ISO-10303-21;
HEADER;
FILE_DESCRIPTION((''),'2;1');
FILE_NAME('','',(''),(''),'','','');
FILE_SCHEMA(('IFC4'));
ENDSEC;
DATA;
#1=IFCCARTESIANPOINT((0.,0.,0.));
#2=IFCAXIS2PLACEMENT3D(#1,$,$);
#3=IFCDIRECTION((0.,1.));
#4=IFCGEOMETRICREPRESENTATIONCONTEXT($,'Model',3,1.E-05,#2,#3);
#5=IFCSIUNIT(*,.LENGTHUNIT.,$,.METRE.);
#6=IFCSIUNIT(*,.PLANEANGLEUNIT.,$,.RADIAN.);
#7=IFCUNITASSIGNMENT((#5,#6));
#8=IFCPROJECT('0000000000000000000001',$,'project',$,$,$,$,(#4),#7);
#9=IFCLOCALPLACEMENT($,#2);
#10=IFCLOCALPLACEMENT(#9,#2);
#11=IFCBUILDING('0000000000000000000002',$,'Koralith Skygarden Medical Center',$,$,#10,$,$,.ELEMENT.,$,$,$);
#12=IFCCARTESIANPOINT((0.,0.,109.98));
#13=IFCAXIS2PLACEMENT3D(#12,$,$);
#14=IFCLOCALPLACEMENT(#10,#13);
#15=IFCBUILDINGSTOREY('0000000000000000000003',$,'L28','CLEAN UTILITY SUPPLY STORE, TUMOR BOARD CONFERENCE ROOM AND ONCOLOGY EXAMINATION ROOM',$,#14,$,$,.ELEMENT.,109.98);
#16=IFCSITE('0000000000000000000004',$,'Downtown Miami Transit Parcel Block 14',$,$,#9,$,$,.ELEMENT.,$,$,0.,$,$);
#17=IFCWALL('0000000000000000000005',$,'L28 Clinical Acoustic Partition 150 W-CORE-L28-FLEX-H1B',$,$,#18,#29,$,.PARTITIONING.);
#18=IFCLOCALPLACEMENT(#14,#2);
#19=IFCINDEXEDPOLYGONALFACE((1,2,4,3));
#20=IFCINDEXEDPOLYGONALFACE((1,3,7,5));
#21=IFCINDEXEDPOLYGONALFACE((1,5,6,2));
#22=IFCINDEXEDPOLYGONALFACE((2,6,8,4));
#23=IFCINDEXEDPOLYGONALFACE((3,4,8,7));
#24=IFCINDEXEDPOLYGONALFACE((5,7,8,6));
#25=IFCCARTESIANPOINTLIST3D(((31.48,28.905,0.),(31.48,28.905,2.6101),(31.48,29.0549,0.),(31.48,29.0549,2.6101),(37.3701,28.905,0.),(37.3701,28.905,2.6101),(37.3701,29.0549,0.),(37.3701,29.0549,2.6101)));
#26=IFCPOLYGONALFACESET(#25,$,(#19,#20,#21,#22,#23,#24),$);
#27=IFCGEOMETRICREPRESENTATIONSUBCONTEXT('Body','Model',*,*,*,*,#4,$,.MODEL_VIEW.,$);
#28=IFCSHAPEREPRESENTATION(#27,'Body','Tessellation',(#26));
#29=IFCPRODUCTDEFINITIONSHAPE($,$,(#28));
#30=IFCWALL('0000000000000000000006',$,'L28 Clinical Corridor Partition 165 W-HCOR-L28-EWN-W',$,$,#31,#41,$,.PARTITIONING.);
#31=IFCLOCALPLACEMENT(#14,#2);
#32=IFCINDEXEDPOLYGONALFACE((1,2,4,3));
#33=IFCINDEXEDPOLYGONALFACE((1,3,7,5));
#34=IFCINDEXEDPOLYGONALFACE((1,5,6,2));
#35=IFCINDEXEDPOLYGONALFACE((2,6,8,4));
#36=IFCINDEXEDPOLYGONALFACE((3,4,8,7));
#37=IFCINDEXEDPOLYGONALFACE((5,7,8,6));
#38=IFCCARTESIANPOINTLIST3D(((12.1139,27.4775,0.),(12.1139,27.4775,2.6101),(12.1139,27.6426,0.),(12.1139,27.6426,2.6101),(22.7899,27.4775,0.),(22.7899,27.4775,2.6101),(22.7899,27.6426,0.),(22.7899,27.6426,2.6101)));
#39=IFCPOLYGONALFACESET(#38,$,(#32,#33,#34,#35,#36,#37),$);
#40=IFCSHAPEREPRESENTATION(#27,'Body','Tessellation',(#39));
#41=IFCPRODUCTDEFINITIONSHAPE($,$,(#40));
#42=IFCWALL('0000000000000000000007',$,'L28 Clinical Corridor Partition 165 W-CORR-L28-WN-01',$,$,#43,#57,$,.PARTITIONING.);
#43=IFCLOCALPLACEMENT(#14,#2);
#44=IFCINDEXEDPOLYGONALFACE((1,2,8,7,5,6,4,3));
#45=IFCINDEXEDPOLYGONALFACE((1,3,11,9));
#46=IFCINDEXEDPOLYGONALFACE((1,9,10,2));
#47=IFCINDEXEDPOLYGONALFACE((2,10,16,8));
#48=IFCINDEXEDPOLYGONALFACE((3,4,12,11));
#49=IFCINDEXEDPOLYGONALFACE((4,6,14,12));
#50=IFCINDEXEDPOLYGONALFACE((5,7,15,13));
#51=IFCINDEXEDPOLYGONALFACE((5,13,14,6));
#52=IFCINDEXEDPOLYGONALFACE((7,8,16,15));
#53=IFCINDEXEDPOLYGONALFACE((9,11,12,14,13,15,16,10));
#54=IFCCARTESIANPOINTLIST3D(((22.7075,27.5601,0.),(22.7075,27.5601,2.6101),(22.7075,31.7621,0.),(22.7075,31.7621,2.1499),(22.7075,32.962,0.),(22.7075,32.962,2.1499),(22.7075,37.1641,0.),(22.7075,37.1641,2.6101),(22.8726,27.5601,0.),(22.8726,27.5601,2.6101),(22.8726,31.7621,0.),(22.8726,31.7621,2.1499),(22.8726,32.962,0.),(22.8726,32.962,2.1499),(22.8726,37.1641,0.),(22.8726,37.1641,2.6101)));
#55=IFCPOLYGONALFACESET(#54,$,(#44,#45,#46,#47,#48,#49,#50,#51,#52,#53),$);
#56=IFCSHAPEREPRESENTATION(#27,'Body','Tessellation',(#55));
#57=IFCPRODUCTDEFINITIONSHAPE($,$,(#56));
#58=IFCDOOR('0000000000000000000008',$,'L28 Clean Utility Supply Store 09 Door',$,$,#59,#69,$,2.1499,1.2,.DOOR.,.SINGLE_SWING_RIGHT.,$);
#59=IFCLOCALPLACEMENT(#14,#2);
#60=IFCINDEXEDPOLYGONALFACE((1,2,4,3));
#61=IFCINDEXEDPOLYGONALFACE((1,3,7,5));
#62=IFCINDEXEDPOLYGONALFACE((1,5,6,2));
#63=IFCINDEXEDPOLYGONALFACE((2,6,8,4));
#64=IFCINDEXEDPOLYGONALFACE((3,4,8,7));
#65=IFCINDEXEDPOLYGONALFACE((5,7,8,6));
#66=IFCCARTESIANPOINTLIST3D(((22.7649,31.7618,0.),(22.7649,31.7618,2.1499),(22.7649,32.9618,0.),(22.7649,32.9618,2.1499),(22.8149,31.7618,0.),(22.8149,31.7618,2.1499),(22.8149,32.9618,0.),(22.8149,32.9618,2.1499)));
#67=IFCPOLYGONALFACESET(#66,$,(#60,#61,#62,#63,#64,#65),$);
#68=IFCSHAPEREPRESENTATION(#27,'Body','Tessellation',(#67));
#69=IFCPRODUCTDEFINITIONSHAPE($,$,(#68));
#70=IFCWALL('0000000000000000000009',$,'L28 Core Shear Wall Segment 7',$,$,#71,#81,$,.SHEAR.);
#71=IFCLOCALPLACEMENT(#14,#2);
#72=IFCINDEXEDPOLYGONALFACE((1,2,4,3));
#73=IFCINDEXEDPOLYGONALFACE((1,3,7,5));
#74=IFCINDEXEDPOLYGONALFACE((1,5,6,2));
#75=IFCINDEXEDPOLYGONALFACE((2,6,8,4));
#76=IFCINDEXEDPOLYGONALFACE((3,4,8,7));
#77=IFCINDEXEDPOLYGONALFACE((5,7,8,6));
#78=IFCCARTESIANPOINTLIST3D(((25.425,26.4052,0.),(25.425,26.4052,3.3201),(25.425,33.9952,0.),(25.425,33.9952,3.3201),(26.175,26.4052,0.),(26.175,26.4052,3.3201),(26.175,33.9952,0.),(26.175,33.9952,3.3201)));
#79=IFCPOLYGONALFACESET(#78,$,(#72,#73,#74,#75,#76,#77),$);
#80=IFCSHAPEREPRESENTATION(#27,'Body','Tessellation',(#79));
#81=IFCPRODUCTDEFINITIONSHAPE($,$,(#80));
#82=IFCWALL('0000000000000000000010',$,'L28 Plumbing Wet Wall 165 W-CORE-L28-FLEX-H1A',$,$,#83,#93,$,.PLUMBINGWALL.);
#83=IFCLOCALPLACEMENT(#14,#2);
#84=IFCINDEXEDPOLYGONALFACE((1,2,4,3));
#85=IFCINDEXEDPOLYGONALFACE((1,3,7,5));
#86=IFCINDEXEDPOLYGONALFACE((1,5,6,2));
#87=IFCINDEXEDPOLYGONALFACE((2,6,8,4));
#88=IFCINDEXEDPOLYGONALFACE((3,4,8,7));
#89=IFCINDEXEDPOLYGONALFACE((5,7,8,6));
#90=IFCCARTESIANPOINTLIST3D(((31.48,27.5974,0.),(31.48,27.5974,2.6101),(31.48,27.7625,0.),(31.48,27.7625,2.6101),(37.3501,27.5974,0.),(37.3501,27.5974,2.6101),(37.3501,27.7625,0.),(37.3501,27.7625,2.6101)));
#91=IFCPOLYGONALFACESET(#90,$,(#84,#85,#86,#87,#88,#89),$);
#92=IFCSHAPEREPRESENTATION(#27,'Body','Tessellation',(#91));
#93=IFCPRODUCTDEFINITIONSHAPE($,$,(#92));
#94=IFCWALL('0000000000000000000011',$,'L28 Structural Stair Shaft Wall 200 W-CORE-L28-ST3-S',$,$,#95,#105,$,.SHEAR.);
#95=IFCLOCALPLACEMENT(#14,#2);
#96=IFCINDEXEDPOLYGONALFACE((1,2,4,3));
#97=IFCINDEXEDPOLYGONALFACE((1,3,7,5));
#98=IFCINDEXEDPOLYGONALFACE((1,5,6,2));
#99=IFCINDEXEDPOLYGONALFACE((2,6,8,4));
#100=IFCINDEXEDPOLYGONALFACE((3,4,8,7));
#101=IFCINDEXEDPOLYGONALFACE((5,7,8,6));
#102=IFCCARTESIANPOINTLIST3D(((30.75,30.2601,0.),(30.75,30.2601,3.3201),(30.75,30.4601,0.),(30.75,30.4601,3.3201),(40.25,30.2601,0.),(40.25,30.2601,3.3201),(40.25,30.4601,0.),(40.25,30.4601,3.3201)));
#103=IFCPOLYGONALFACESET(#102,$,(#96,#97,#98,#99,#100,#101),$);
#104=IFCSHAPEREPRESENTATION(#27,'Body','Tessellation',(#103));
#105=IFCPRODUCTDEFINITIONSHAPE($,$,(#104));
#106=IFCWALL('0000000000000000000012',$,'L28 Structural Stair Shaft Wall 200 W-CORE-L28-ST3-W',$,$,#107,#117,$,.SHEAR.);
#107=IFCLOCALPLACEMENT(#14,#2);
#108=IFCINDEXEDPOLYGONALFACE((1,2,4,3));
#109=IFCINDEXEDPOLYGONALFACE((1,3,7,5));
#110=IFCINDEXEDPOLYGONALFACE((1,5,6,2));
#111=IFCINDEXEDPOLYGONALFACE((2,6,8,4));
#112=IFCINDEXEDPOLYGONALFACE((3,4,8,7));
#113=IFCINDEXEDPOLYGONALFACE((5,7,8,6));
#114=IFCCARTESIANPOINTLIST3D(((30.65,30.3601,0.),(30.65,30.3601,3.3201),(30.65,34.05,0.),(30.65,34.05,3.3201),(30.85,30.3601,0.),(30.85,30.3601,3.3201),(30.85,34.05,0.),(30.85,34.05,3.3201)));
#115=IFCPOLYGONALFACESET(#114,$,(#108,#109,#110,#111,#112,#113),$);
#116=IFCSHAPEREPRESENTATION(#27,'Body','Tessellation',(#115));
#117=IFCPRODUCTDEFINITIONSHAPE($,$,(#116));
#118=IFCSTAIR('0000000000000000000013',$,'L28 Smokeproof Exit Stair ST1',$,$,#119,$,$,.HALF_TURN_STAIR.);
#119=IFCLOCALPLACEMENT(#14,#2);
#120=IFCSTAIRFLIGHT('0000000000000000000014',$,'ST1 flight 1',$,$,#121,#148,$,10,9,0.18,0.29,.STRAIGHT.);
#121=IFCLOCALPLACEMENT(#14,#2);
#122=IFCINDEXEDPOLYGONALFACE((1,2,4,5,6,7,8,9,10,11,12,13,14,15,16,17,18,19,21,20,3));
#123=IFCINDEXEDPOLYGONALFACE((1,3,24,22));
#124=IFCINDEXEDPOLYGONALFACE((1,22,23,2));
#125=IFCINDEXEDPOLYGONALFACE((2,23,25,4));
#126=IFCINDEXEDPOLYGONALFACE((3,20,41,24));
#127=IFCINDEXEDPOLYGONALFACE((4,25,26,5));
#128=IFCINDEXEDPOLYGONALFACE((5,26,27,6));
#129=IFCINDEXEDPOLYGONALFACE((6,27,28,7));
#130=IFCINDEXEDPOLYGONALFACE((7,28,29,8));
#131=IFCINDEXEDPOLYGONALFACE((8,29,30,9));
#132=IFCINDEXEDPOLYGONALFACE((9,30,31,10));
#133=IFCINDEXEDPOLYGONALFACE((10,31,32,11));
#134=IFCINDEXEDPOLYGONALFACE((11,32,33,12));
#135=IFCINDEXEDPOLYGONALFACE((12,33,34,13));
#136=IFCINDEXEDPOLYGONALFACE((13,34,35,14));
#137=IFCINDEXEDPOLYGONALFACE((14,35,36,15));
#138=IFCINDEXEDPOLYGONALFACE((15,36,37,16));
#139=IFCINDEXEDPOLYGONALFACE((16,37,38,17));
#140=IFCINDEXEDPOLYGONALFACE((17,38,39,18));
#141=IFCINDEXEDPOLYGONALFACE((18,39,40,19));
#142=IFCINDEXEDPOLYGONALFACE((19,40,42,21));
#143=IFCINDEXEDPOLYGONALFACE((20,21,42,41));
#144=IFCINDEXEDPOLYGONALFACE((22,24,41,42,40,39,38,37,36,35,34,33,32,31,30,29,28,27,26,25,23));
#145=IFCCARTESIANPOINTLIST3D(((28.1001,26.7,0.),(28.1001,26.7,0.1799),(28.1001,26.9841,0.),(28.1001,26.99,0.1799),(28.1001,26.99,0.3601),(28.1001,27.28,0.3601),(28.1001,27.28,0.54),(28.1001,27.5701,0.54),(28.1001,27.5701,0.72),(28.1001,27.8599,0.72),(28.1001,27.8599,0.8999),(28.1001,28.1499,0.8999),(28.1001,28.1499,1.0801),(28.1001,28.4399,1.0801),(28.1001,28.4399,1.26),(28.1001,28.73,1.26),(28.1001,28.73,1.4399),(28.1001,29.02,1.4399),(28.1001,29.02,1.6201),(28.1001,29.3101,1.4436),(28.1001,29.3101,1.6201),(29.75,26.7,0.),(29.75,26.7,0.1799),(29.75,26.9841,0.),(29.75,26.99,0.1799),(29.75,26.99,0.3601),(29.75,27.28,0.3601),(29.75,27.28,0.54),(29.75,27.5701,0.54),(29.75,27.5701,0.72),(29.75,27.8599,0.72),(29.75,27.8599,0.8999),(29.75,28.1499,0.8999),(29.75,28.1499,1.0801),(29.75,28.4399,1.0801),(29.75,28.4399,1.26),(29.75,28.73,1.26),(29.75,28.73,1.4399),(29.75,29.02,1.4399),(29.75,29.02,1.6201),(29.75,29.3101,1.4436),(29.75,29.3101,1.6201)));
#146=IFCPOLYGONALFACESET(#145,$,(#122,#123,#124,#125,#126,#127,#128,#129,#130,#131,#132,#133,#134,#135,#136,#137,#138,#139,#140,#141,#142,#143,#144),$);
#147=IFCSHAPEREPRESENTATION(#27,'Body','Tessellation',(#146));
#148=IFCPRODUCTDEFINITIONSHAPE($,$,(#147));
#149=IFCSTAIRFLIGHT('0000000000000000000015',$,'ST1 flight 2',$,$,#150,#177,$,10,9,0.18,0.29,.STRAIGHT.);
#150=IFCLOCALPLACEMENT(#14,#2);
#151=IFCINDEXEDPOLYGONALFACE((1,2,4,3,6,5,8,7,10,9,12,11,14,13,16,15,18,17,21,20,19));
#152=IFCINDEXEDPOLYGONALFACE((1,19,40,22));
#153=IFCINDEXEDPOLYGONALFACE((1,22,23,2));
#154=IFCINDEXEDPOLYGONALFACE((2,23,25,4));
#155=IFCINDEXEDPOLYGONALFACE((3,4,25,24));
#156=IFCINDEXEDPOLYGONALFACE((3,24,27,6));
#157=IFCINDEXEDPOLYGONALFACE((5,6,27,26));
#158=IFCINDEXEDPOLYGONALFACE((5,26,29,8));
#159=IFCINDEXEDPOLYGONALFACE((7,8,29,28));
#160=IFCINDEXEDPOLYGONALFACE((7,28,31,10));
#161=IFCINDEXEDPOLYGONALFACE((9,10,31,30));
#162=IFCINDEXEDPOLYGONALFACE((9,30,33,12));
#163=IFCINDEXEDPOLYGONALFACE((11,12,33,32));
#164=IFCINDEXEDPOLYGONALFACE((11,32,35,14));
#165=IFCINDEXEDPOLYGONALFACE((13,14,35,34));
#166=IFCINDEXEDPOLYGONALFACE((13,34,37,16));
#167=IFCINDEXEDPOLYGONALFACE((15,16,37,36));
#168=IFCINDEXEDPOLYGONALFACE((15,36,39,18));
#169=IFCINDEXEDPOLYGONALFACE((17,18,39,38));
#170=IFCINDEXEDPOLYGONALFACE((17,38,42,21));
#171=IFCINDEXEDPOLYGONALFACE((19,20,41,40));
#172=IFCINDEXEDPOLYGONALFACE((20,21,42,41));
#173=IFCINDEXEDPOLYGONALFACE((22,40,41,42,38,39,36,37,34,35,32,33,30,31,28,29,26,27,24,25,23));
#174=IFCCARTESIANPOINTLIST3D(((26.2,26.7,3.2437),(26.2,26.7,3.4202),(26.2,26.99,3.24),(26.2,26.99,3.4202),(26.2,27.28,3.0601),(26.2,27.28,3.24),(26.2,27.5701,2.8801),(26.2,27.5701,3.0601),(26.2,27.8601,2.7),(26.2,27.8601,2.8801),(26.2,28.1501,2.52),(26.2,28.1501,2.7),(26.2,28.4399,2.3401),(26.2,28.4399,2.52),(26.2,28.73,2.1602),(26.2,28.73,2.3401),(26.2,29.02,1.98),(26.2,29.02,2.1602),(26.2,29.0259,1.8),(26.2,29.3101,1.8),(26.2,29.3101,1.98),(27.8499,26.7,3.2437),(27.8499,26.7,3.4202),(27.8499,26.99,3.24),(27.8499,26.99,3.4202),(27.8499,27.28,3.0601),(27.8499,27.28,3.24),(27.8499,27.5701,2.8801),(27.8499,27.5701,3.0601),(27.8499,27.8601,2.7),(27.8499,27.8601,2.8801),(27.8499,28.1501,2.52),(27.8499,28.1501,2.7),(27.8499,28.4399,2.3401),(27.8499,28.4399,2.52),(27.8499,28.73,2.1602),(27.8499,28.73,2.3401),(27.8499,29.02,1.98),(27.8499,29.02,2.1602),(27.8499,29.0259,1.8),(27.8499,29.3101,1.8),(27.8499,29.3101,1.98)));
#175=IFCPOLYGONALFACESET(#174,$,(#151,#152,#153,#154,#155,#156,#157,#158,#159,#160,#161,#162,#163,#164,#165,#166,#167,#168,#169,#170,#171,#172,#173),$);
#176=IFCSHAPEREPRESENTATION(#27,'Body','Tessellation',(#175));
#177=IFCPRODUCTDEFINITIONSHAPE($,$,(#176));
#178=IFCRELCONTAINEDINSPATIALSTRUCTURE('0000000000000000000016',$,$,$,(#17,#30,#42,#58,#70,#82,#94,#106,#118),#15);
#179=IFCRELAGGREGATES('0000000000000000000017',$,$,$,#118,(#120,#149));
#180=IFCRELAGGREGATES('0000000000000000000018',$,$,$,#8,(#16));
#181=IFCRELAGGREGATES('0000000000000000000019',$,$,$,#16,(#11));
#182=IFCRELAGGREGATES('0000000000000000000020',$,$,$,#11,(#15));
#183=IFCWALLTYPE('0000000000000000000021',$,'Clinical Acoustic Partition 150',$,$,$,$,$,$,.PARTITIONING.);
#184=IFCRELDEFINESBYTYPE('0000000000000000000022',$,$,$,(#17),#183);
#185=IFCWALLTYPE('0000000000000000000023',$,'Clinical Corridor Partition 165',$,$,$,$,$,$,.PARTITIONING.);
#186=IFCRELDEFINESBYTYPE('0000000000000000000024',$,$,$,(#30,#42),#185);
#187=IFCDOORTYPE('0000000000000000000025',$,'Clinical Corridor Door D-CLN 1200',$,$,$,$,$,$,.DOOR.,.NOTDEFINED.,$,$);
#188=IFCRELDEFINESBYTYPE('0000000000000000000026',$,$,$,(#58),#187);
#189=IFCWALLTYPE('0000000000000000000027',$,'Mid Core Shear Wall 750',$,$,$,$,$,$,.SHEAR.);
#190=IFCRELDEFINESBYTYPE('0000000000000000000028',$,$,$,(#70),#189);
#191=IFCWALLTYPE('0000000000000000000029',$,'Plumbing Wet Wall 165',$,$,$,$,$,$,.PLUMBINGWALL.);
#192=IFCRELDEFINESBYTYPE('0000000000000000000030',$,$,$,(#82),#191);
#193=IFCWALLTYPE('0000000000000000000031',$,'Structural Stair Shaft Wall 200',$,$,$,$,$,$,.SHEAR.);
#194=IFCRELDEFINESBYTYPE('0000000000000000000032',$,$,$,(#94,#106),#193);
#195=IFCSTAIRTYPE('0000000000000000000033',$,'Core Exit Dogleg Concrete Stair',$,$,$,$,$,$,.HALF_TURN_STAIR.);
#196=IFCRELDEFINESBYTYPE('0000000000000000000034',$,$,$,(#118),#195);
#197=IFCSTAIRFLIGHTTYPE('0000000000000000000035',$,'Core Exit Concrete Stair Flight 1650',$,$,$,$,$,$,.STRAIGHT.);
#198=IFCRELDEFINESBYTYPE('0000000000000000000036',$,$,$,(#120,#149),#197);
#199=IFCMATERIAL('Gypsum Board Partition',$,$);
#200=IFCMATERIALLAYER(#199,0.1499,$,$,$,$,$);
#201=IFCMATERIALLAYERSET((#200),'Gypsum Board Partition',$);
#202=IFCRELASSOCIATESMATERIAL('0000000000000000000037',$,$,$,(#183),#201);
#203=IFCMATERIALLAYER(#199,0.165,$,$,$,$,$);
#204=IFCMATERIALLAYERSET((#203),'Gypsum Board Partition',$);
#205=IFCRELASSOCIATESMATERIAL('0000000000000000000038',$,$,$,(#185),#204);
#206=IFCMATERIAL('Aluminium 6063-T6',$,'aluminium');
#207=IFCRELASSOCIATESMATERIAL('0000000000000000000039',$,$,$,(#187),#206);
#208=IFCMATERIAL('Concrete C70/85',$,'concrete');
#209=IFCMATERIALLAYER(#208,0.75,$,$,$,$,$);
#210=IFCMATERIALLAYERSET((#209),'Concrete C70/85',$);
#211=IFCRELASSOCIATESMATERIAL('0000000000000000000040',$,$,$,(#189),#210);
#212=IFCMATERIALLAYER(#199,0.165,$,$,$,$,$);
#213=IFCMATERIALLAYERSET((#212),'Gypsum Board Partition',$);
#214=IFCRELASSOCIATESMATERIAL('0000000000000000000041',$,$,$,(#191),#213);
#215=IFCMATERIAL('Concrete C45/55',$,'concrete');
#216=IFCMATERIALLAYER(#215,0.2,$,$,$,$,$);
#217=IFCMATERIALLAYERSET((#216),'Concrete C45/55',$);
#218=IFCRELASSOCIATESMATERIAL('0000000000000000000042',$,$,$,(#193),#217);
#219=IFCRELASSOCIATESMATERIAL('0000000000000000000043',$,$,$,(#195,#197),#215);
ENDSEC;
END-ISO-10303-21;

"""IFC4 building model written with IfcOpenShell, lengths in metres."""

from ifc_helpers import new_model, si_unit, direction, frame, frame_2d, origin, place, context, subcontext, project, spatial, polyline, rectangle, outline, extrude, material, layer, layer_set, type_object, element, fill, aggregate, save


model = new_model("IFC4")

# Units and contexts
model_context = context("Model", 3, precision=1e-05, world=origin(), true_north=direction((0.0, 1.0)))
body_context = subcontext(model_context, "Body", "Model", "MODEL_VIEW")
ifc_project = project(units=[si_unit("LENGTHUNIT", "METRE"), si_unit("PLANEANGLEUNIT", "RADIAN")], contexts=[model_context])

# Site, building, storey
site_placement = place(None, origin())
site = spatial("IfcSite", under=ifc_project, at=site_placement, Name="Downtown Miami Transit Parcel Block 14", CompositionType="ELEMENT", RefElevation=0.0)
building_placement = place(site_placement, origin())
building = spatial("IfcBuilding", under=site, at=building_placement, Name="Koralith Skygarden Medical Center", CompositionType="ELEMENT")
storey_placement = place(building_placement, frame((0.0, 0.0, 109.98)))
storey = spatial("IfcBuildingStorey", under=building, at=storey_placement, Name="L28", Description="CLEAN UTILITY SUPPLY STORE, TUMOR BOARD CONFERENCE ROOM AND ONCOLOGY EXAMINATION ROOM", CompositionType="ELEMENT", Elevation=109.98)

# Shared definitions
ifc_material_1 = material(Name="Concrete C70/85", Category="concrete")

# Shared definitions
ifc_material_2 = material(Name="Aluminium 6063-T6", Category="aluminium")

# Shared definitions
ifc_material_3 = material(Name="Concrete C45/55", Category="concrete")

# Walls
ifc_material_4 = material(Name="Gypsum Board Partition")
ifc_layer_1 = layer(ifc_material_4, 0.1499)
ifc_layer_set_1 = layer_set([ifc_layer_1], Name="Gypsum Board Partition")
wall_type_1 = type_object("IfcWallType", Name="Clinical Acoustic Partition 150", PredefinedType="PARTITIONING", material=ifc_layer_set_1)
wall_1_placement = place(storey_placement, frame((31.48, 28.98, 0.0), z_axis=(0.0, 0.0, 1.0), x_axis=(1.0, 0.0, 0.0)))
element("IfcWall", 1, at=wall_1_placement, inside=storey, type_object=wall_type_1, Name="L28 Clinical Acoustic Partition 150 W-CORE-L28-FLEX-H1B", PredefinedType="PARTITIONING", context=body_context, shape_type="SweptSolid", body=[
    extrude(rectangle(XDim=5.8901, YDim=0.1499, at=frame_2d((2.9451, 0.0))), origin(), (0.0, 0.0, 1.0), 2.6101),
])
ifc_layer_2 = layer(ifc_material_4, 0.165)
ifc_layer_set_2 = layer_set([ifc_layer_2], Name="Gypsum Board Partition")
wall_type_2 = type_object("IfcWallType", Name="Clinical Corridor Partition 165", PredefinedType="PARTITIONING", material=ifc_layer_set_2)
wall_2_placement = place(storey_placement, frame((12.114, 27.5601, 0.0), z_axis=(0.0, 0.0, 1.0), x_axis=(1.0, 0.0, 0.0)))
element("IfcWall", 2, at=wall_2_placement, inside=storey, type_object=wall_type_2, Name="L28 Clinical Corridor Partition 165 W-HCOR-L28-EWN-W", PredefinedType="PARTITIONING", context=body_context, shape_type="SweptSolid", body=[
    extrude(rectangle(XDim=10.676, YDim=0.165, at=frame_2d((5.3379, 0.0))), origin(), (0.0, 0.0, 1.0), 2.6101),
])

# Wall, opening, door
wall_3_placement = place(storey_placement, frame((22.79, 27.5601, 0.0), z_axis=(0.0, 0.0, 1.0), x_axis=(0.0, 1.0, 0.0)))
wall_3 = element("IfcWall", 3, at=wall_3_placement, inside=storey, type_object=wall_type_2, Name="L28 Clinical Corridor Partition 165 W-CORR-L28-WN-01", PredefinedType="PARTITIONING", context=body_context, shape_type="SweptSolid", body=[
    extrude(rectangle(XDim=9.604, YDim=0.165, at=frame_2d((4.802, 0.0))), origin(), (0.0, 0.0, 1.0), 2.6101),
])
opening_placement = place(wall_3_placement, frame((4.2019, 0.0, 0.0)))
opening = element("IfcOpeningElement", 4, at=opening_placement, cuts=wall_3, PredefinedType="OPENING", context=body_context, shape_type="SweptSolid", body=[
    extrude(rectangle(XDim=1.2, YDim=2.1499, at=frame_2d((0.6001, 1.075))), frame((0.0, 0.0925, 0.0), z_axis=(0.0, -1.0, 0.0), x_axis=(1.0, 0.0, 0.0)), (0.0, 0.0, 1.0), 0.1851),
])
door_type = type_object("IfcDoorType", Name="Clinical Corridor Door D-CLN 1200", OperationType="NOTDEFINED", PredefinedType="DOOR", material=ifc_material_2)
door_placement = place(opening_placement, frame((1.2, 0.0, 0.0), z_axis=(0.0, 0.0, 1.0), x_axis=(-1.0, 0.0, 0.0)))
door = element("IfcDoor", 5, at=door_placement, inside=storey, type_object=door_type, Name="L28 Clean Utility Supply Store 09 Door", OperationType="SINGLE_SWING_RIGHT", OverallHeight=2.1499, OverallWidth=1.2, PredefinedType="DOOR", context=body_context, shape_type="SweptSolid", body=[
    extrude(rectangle(XDim=1.2, YDim=2.1499, at=frame_2d((0.6001, 1.075))), frame((0.0, 0.0249, 0.0), z_axis=(0.0, -1.0, 0.0), x_axis=(1.0, 0.0, 0.0)), (0.0, 0.0, 1.0), 0.05),
])
fill(opening, door)

# Walls
ifc_layer_3 = layer(ifc_material_1, 0.75)
ifc_layer_set_3 = layer_set([ifc_layer_3], Name="Concrete C70/85")
wall_type_3 = type_object("IfcWallType", Name="Mid Core Shear Wall 750", PredefinedType="SHEAR", material=ifc_layer_set_3)
wall_4_placement = place(storey_placement, frame((25.8, 33.9951, 0.0), z_axis=(0.0, 0.0, 1.0), x_axis=(0.0, -1.0, 0.0)))
element("IfcWall", 6, at=wall_4_placement, inside=storey, type_object=wall_type_3, Name="L28 Core Shear Wall Segment 7", PredefinedType="SHEAR", context=body_context, shape_type="SweptSolid", body=[
    extrude(rectangle(XDim=7.5901, YDim=0.75, at=frame_2d((3.7949, 0.0))), origin(), (0.0, 0.0, 1.0), 3.3201),
])
ifc_layer_4 = layer(ifc_material_4, 0.165)
ifc_layer_set_4 = layer_set([ifc_layer_4], Name="Gypsum Board Partition")
wall_type_4 = type_object("IfcWallType", Name="Plumbing Wet Wall 165", PredefinedType="PLUMBINGWALL", material=ifc_layer_set_4)
wall_5_placement = place(storey_placement, frame((31.48, 27.6799, 0.0), z_axis=(0.0, 0.0, 1.0), x_axis=(1.0, 0.0, 0.0)))
element("IfcWall", 7, at=wall_5_placement, inside=storey, type_object=wall_type_4, Name="L28 Plumbing Wet Wall 165 W-CORE-L28-FLEX-H1A", PredefinedType="PLUMBINGWALL", context=body_context, shape_type="SweptSolid", body=[
    extrude(rectangle(XDim=5.8701, YDim=0.165, at=frame_2d((2.9351, 0.0))), origin(), (0.0, 0.0, 1.0), 2.6101),
])
ifc_layer_5 = layer(ifc_material_3, 0.2)
ifc_layer_set_5 = layer_set([ifc_layer_5], Name="Concrete C45/55")
wall_type_5 = type_object("IfcWallType", Name="Structural Stair Shaft Wall 200", PredefinedType="SHEAR", material=ifc_layer_set_5)
wall_6_placement = place(storey_placement, frame((30.75, 30.3601, 0.0), z_axis=(0.0, 0.0, 1.0), x_axis=(1.0, 0.0, 0.0)))
element("IfcWall", 8, at=wall_6_placement, inside=storey, type_object=wall_type_5, Name="L28 Structural Stair Shaft Wall 200 W-CORE-L28-ST3-S", PredefinedType="SHEAR", context=body_context, shape_type="SweptSolid", body=[
    extrude(rectangle(XDim=9.5, YDim=0.2, at=frame_2d((4.75, 0.0))), origin(), (0.0, 0.0, 1.0), 3.3201),
])
wall_7_placement = place(storey_placement, frame((30.75, 30.3601, 0.0), z_axis=(0.0, 0.0, 1.0), x_axis=(0.0, 1.0, 0.0)))
element("IfcWall", 9, at=wall_7_placement, inside=storey, type_object=wall_type_5, Name="L28 Structural Stair Shaft Wall 200 W-CORE-L28-ST3-W", PredefinedType="SHEAR", context=body_context, shape_type="SweptSolid", body=[
    extrude(rectangle(XDim=3.6899, YDim=0.2, at=frame_2d((1.845, 0.0))), origin(), (0.0, 0.0, 1.0), 3.3201),
])

# Stair, stair flights
stair_type = type_object("IfcStairType", Name="Core Exit Dogleg Concrete Stair", PredefinedType="HALF_TURN_STAIR", material=ifc_material_3)
stair_1_placement = place(storey_placement, origin())
stair_1 = element("IfcStair", 10, at=stair_1_placement, inside=storey, type_object=stair_type, Name="L28 Smokeproof Exit Stair ST1", PredefinedType="HALF_TURN_STAIR")
stair_flight_type = type_object("IfcStairFlightType", Name="Core Exit Concrete Stair Flight 1650", PredefinedType="STRAIGHT", material=ifc_material_3)
stair_flight_1_placement = place(storey_placement, frame((28.925, 26.7, 0.0), z_axis=(0.0, 0.0, 1.0), x_axis=(0.0, 1.0, 0.0)))
stair_flight_1 = element("IfcStairFlight", 11, at=stair_flight_1_placement, type_object=stair_flight_type, Name="ST1 flight 1", NumberOfRisers=10, NumberOfTreads=9, PredefinedType="STRAIGHT", RiserHeight=0.18, TreadLength=0.29, context=body_context, shape_type="SweptSolid", body=[
    extrude(outline(polyline([(0.0, 0.0), (0.0, 0.1799), (0.29, 0.1799), (0.29, 0.3601), (0.5801, 0.3601), (0.5801, 0.54), (0.8701, 0.54), (0.8701, 0.72), (1.1599, 0.72), (1.1599, 0.8999), (1.45, 0.8999), (1.45, 1.0801), (1.74, 1.0801), (1.74, 1.26), (2.03, 1.26), (2.03, 1.4399), (2.3201, 1.4399), (2.3201, 1.6201), (2.6101, 1.6201), (2.6101, 1.8), (2.6101, 1.4436), (0.2842, 0.0), (0.0, 0.0)])), frame((0.0, 0.825, 0.0), z_axis=(0.0, -1.0, 0.0), x_axis=(1.0, 0.0, 0.0)), (0.0, 0.0, 1.0), 1.6499),
])
stair_flight_2_placement = place(storey_placement, frame((27.0249, 29.3101, 1.8), z_axis=(0.0, 0.0, 1.0), x_axis=(0.0, -1.0, 0.0)))
stair_flight_2 = element("IfcStairFlight", 12, at=stair_flight_2_placement, type_object=stair_flight_type, Name="ST1 flight 2", NumberOfRisers=10, NumberOfTreads=9, PredefinedType="STRAIGHT", RiserHeight=0.18, TreadLength=0.29, context=body_context, shape_type="SweptSolid", body=[
    extrude(outline(polyline([(0.0, 0.0), (0.0, 0.1799), (0.29, 0.1799), (0.29, 0.3601), (0.5801, 0.3601), (0.5801, 0.54), (0.8701, 0.54), (0.8701, 0.72), (1.1599, 0.72), (1.1599, 0.8999), (1.45, 0.8999), (1.45, 1.0801), (1.74, 1.0801), (1.74, 1.26), (2.03, 1.26), (2.03, 1.4399), (2.3201, 1.4399), (2.3201, 1.6201), (2.6101, 1.6201), (2.6101, 1.8), (2.6101, 1.4436), (0.2842, 0.0), (0.0, 0.0)])), frame((0.0, 0.825, 0.0), z_axis=(0.0, -1.0, 0.0), x_axis=(1.0, 0.0, 0.0)), (0.0, 0.0, 1.0), 1.6499),
])
aggregate(stair_1, [stair_flight_1, stair_flight_2])

save(model, "model.ifc")
